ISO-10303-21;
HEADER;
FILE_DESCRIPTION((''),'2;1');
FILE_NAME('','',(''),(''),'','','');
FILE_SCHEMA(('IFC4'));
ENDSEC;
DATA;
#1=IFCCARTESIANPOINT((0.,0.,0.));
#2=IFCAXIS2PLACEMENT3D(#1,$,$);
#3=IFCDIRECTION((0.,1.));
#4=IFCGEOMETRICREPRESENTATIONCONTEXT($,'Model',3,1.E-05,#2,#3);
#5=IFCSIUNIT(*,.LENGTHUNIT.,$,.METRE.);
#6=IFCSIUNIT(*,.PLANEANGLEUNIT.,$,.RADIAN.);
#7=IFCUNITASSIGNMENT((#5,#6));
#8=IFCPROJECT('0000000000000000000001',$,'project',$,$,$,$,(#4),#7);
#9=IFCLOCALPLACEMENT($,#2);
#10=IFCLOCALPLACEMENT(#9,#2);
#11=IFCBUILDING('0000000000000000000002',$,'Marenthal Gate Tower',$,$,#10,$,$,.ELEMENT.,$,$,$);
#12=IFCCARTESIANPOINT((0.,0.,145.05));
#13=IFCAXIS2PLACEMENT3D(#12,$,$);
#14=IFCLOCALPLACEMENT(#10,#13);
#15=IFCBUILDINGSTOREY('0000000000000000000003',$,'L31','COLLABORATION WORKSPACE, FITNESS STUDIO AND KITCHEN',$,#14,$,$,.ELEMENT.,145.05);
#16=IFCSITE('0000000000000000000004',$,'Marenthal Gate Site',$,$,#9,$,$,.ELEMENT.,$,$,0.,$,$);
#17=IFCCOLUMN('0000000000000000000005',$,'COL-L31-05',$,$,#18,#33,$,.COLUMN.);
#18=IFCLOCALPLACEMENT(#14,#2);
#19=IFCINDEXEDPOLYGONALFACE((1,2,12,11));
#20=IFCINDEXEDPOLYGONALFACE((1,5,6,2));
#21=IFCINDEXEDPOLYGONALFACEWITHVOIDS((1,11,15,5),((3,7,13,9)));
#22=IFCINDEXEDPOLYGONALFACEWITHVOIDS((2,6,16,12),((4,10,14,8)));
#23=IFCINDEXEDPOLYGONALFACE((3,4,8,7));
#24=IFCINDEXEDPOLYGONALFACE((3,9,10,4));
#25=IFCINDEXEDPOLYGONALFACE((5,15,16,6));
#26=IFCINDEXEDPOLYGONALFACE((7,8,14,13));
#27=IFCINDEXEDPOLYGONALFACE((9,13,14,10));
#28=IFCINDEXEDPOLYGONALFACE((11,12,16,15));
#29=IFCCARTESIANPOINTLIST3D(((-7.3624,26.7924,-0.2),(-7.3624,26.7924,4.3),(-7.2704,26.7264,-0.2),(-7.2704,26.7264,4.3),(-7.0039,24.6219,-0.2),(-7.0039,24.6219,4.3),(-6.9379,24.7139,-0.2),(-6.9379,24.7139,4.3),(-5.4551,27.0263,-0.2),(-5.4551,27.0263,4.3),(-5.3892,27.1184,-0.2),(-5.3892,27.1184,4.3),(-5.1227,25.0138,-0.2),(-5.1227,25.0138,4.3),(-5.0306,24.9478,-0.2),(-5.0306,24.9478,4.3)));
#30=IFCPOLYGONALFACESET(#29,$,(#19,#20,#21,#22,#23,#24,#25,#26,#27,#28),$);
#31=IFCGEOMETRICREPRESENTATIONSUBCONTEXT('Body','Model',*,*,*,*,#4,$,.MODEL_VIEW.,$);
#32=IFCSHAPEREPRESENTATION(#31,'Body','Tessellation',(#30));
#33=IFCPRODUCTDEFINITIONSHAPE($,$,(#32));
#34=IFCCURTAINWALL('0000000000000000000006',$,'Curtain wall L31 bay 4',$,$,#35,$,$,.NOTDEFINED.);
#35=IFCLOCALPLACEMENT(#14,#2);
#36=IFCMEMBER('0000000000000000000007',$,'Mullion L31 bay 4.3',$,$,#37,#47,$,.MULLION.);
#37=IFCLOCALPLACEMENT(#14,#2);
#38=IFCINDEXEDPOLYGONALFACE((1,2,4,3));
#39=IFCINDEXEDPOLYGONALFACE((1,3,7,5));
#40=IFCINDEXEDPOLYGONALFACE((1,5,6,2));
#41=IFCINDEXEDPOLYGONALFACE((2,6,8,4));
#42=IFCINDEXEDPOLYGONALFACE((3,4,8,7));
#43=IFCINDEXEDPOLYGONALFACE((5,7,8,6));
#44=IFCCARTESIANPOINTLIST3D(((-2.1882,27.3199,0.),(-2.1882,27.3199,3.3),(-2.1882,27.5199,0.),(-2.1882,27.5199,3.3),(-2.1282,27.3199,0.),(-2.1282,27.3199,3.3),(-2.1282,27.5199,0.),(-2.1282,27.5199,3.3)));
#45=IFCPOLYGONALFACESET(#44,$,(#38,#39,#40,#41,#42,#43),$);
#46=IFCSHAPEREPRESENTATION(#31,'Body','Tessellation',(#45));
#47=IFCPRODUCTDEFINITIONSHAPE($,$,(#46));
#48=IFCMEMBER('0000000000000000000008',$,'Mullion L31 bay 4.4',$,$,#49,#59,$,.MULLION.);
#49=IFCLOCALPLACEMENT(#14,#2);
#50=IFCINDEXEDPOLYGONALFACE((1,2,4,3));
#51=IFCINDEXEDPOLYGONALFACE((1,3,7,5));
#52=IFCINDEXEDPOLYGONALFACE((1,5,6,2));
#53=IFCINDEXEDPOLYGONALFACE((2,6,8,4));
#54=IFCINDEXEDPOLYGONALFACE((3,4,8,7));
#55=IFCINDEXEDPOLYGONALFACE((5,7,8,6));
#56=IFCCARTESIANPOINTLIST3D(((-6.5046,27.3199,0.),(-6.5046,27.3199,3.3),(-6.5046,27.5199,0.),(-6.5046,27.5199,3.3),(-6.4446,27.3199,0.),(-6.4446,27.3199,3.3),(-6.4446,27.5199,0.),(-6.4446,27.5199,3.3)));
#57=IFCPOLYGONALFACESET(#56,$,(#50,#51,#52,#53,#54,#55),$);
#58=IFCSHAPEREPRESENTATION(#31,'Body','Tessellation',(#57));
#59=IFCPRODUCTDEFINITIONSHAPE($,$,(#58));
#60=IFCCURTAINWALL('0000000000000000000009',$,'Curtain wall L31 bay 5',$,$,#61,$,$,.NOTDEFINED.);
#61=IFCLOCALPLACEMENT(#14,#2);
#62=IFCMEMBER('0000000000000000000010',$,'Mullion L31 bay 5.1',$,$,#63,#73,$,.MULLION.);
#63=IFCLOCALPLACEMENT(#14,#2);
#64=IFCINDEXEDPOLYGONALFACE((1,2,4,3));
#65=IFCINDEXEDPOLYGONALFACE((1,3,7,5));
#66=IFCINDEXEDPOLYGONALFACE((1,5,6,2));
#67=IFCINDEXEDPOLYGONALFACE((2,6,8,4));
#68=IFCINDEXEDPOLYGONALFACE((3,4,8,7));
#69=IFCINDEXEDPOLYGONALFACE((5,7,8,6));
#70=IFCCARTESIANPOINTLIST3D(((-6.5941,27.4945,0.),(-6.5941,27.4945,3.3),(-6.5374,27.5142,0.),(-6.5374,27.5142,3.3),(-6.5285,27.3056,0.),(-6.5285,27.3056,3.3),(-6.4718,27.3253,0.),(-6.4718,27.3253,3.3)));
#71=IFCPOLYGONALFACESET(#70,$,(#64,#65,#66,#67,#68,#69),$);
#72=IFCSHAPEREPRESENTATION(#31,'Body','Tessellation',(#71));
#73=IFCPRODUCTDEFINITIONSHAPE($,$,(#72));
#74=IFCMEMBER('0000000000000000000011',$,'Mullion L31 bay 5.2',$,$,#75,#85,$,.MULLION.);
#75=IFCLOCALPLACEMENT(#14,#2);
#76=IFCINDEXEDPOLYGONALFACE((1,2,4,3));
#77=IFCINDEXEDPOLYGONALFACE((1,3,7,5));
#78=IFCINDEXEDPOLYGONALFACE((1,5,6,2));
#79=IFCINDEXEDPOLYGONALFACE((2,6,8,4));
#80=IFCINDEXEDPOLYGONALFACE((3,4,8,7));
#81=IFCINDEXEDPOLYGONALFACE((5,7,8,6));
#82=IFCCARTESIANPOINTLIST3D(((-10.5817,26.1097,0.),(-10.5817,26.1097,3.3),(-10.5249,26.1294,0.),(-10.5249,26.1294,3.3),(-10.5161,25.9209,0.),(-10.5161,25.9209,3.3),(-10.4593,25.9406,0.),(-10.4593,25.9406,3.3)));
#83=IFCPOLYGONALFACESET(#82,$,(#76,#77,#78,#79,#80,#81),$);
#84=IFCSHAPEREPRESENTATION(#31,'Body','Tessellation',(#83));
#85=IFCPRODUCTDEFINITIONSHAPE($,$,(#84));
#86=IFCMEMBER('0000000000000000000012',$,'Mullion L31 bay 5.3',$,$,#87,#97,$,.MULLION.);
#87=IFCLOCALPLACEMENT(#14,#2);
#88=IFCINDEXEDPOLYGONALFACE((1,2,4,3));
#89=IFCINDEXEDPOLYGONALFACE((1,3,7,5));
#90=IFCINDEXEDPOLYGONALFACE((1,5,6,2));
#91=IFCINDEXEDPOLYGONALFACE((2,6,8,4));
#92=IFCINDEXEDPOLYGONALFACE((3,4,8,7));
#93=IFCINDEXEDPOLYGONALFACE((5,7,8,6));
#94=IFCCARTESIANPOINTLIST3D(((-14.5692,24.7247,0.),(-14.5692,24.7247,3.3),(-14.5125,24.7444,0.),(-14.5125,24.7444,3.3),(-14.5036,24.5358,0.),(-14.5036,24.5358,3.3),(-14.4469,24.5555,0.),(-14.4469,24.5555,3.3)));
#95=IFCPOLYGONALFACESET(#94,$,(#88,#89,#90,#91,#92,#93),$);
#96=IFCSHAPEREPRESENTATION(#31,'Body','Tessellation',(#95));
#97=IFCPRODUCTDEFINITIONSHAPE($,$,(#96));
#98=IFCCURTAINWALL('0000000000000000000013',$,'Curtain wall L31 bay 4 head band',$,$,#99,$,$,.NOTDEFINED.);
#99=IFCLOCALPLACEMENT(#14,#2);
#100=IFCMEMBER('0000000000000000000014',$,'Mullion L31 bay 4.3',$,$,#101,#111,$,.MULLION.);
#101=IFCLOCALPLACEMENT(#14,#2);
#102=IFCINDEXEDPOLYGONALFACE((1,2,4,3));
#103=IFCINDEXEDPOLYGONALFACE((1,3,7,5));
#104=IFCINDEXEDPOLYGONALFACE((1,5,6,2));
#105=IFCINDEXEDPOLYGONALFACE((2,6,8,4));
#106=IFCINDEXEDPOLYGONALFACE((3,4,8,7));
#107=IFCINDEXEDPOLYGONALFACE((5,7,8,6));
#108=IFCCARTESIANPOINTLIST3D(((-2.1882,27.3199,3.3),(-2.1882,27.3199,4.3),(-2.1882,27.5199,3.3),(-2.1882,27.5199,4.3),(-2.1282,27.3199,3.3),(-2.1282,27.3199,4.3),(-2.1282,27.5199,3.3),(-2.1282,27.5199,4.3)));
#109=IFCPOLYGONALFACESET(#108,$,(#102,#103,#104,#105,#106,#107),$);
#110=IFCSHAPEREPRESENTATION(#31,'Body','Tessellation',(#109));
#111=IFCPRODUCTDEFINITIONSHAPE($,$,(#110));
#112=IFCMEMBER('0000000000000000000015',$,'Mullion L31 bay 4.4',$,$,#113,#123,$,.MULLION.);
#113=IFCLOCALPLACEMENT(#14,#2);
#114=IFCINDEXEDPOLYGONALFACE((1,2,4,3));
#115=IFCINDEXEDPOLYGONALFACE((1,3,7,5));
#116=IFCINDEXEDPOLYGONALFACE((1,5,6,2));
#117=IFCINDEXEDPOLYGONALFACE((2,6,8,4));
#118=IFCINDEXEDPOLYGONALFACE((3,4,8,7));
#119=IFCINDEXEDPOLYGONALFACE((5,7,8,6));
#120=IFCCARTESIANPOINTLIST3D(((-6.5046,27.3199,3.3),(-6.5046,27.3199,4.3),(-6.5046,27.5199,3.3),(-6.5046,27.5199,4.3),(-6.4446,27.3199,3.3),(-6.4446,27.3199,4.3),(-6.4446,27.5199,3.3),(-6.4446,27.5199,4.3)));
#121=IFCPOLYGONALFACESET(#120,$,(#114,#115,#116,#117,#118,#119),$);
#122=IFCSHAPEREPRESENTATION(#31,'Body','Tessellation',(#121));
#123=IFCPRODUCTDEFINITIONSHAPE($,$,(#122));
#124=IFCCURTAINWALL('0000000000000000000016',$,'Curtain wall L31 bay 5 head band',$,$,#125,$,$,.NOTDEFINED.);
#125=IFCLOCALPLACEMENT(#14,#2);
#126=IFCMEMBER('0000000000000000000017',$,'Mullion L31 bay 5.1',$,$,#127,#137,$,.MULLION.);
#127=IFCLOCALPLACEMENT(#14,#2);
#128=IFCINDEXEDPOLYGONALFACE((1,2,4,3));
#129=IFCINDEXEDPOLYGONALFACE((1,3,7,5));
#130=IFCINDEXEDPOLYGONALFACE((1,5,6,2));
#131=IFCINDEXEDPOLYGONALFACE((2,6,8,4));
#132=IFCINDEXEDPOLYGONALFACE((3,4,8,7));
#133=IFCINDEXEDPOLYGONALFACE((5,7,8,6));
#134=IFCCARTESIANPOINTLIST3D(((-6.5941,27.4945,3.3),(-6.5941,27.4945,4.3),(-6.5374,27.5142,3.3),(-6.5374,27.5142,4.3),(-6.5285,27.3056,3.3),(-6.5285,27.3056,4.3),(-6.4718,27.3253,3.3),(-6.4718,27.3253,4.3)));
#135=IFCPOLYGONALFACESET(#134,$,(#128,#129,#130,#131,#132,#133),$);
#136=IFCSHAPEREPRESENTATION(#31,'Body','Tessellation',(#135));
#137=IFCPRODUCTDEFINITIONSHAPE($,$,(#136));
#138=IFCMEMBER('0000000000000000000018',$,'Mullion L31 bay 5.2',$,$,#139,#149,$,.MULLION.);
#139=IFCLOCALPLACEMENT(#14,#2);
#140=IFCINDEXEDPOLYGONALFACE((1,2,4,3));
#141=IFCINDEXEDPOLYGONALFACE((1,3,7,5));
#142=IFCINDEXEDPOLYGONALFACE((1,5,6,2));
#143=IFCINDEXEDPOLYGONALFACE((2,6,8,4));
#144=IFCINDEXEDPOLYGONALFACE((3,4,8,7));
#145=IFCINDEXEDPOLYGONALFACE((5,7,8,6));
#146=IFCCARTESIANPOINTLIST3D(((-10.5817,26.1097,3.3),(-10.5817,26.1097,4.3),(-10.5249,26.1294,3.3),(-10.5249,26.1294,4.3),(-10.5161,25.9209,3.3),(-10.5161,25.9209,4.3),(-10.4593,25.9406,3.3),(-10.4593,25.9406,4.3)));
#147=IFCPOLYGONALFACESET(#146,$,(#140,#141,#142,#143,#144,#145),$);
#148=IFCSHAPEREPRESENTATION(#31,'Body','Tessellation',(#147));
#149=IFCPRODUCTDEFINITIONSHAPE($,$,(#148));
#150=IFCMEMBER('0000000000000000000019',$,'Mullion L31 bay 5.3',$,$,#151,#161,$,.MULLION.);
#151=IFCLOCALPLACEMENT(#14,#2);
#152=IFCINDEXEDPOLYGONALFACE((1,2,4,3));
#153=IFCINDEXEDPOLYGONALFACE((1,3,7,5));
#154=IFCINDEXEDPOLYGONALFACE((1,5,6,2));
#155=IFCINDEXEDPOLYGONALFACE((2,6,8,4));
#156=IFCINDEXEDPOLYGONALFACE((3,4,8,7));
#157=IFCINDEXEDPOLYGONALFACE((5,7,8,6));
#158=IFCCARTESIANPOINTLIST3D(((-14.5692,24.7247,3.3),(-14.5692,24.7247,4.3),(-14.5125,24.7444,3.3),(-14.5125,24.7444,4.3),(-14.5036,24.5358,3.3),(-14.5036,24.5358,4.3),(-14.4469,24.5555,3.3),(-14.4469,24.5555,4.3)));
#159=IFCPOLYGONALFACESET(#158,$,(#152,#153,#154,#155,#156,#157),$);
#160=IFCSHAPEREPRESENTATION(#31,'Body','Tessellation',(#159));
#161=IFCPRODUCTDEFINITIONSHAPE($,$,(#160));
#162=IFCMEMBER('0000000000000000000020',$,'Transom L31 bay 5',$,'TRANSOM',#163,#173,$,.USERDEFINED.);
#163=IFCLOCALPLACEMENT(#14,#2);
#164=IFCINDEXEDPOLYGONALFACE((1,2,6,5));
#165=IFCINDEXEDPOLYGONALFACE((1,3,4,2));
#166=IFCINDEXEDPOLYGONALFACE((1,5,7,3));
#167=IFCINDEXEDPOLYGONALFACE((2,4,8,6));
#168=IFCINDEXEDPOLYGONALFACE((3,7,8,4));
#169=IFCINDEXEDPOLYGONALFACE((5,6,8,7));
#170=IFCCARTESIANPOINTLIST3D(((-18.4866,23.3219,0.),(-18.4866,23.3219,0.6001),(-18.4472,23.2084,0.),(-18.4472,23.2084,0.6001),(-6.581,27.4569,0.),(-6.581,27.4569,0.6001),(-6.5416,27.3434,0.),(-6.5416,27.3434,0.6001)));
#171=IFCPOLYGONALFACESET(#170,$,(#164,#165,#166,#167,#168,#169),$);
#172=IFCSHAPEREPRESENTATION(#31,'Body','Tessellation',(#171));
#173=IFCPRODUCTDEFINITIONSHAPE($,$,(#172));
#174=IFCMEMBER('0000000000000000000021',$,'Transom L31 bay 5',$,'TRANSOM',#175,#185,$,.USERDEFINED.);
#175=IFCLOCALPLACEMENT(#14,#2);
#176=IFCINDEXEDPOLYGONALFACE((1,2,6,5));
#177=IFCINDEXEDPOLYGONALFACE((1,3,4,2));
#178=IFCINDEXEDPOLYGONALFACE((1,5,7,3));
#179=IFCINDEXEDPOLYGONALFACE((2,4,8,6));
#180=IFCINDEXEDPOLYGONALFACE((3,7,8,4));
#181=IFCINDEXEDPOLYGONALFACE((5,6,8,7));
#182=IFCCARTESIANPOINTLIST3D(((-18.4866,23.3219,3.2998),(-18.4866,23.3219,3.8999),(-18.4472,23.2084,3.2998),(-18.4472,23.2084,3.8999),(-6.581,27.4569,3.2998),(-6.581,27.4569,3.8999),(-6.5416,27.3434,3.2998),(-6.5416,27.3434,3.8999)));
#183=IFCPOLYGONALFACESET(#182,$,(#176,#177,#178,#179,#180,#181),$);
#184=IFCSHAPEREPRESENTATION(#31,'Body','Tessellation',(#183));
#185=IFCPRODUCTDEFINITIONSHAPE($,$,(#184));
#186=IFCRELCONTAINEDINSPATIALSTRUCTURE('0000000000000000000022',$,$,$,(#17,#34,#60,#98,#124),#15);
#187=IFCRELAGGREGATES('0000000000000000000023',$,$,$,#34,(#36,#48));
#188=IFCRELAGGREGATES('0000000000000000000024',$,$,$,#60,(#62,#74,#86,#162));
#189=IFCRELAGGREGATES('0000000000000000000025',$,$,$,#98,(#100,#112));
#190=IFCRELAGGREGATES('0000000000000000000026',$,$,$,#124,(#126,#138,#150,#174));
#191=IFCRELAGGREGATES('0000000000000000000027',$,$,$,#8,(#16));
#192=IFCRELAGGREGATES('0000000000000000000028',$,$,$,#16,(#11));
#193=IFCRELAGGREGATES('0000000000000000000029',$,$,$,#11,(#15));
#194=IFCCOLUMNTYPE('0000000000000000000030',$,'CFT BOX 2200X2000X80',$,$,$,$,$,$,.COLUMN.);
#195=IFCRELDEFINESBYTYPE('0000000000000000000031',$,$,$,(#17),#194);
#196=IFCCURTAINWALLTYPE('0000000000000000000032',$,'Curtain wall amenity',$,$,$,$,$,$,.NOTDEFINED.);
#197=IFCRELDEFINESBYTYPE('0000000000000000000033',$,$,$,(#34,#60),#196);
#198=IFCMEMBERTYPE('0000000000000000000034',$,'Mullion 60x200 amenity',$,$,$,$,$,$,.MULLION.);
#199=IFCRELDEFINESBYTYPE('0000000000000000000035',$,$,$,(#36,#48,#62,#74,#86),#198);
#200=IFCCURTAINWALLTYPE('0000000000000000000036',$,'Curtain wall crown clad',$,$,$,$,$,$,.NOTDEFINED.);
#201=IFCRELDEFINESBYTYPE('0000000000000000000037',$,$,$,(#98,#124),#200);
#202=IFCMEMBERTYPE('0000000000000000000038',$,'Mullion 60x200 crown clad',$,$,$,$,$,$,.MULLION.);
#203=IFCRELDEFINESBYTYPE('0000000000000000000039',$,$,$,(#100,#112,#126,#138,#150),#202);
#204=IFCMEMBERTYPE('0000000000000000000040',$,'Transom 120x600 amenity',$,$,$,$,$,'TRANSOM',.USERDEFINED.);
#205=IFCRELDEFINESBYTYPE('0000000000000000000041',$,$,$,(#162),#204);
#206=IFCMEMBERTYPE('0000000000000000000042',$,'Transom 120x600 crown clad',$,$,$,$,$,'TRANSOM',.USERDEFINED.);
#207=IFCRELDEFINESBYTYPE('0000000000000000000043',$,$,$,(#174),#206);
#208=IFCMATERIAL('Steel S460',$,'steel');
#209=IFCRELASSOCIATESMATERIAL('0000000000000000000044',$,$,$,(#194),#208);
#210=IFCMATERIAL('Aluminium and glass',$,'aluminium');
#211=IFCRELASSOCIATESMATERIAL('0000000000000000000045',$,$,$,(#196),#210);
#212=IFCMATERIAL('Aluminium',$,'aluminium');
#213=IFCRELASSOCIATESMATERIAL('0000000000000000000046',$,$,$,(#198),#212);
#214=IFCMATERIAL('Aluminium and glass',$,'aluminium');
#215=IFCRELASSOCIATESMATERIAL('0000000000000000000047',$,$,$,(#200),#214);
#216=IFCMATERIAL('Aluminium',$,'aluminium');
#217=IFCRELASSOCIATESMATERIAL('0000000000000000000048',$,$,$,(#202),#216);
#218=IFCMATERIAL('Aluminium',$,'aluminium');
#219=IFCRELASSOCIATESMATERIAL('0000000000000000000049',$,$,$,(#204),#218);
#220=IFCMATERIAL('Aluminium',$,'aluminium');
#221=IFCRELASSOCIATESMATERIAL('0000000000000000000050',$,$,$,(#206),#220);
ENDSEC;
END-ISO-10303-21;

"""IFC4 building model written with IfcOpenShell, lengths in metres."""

from ifc_helpers import new_model, si_unit, direction, frame, origin, origin_2d, place, context, subcontext, project, spatial, rectangle, hollow_rectangle, extrude, material, material_profile, profile_set, type_object, element, aggregate, save


model = new_model("IFC4")

# Units and contexts
model_context = context("Model", 3, precision=1e-05, world=origin(), true_north=direction((0.0, 1.0)))
body_context = subcontext(model_context, "Body", "Model", "MODEL_VIEW")
ifc_project = project(units=[si_unit("LENGTHUNIT", "METRE"), si_unit("PLANEANGLEUNIT", "RADIAN")], contexts=[model_context])

# Site, building, storey
site_placement = place(None, origin())
site = spatial("IfcSite", under=ifc_project, at=site_placement, Name="Marenthal Gate Site", CompositionType="ELEMENT", RefElevation=0.0)
building_placement = place(site_placement, origin())
building = spatial("IfcBuilding", under=site, at=building_placement, Name="Marenthal Gate Tower", CompositionType="ELEMENT")
storey_placement = place(building_placement, frame((0.0, 0.0, 145.05)))
storey = spatial("IfcBuildingStorey", under=building, at=storey_placement, Name="L31", Description="COLLABORATION WORKSPACE, FITNESS STUDIO AND KITCHEN", CompositionType="ELEMENT", Elevation=145.05)

# Column
ifc_material_1 = material(Name="Steel S460", Category="steel")
ifc_material_profile_1 = material_profile(ifc_material_1, hollow_rectangle(XDim=2.0, YDim=2.2, WallThickness=0.0801, at=origin_2d()), Name="CFT BOX 2200X2000X80")
ifc_material_2 = material(Name="Concrete 70 MPa", Category="concrete")
ifc_material_profile_2 = material_profile(ifc_material_2, rectangle(XDim=1.8401, YDim=2.04, at=origin_2d()), Name="CFT BOX 2200X2000X80 INFILL")
ifc_profile_set_1 = profile_set([ifc_material_profile_1, ifc_material_profile_2], Name="Steel S460 shell, Concrete 70 MPa infill")
column_type = type_object("IfcColumnType", Name="CFT BOX 2200X2000X80", PredefinedType="COLUMN", material=ifc_profile_set_1)
column_placement = place(storey_placement, frame((-6.1965, 25.8701, -0.2), z_axis=(0.0, 0.0, 1.0), x_axis=(0.986629, 0.16298, 0.0)))
element("IfcColumn", 1, at=column_placement, inside=storey, type_object=column_type, Name="COL-L31-05", PredefinedType="COLUMN", context=body_context, shape_type="SweptSolid", body=[
    extrude(hollow_rectangle(XDim=2.0, YDim=2.2, WallThickness=0.0801, at=origin_2d()), origin(), (0.0, 0.0, 1.0), 4.5),
])

# Curtain walls, members
ifc_material_3 = material(Name="Aluminium and glass", Category="aluminium")
curtain_wall_type_1 = type_object("IfcCurtainWallType", Name="Curtain wall amenity", PredefinedType="NOTDEFINED", material=ifc_material_3)
curtain_wall_1_placement = place(storey_placement, origin())
curtain_wall_1 = element("IfcCurtainWall", 2, at=curtain_wall_1_placement, inside=storey, type_object=curtain_wall_type_1, Name="Curtain wall L31 bay 4", PredefinedType="NOTDEFINED")
ifc_material_4 = material(Name="Aluminium", Category="aluminium")
ifc_material_profile_3 = material_profile(ifc_material_4, rectangle(XDim=0.2, YDim=0.0601, at=origin_2d()), Name="60x200 aluminium mullion")
ifc_profile_set_2 = profile_set([ifc_material_profile_3], Name="Aluminium")
member_type_1 = type_object("IfcMemberType", Name="Mullion 60x200 amenity", PredefinedType="MULLION", material=ifc_profile_set_2)
member_1_placement = place(storey_placement, frame((-2.1582, 27.4199, 0.0), z_axis=(0.0, 0.0, 1.0), x_axis=(0.0, -1.0, 0.0)))
member_1 = element("IfcMember", 3, at=member_1_placement, type_object=member_type_1, Name="Mullion L31 bay 4.3", PredefinedType="MULLION", context=body_context, shape_type="SweptSolid", body=[
    extrude(rectangle(XDim=0.2, YDim=0.0601, at=origin_2d()), origin(), (0.0, 0.0, 1.0), 3.3),
])
member_2_placement = place(storey_placement, frame((-6.4746, 27.4199, 0.0), z_axis=(0.0, 0.0, 1.0), x_axis=(0.0, -1.0, 0.0)))
member_2 = element("IfcMember", 4, at=member_2_placement, type_object=member_type_1, Name="Mullion L31 bay 4.4", PredefinedType="MULLION", context=body_context, shape_type="SweptSolid", body=[
    extrude(rectangle(XDim=0.2, YDim=0.0601, at=origin_2d()), origin(), (0.0, 0.0, 1.0), 3.3),
])
curtain_wall_2_placement = place(storey_placement, origin())
curtain_wall_2 = element("IfcCurtainWall", 5, at=curtain_wall_2_placement, inside=storey, type_object=curtain_wall_type_1, Name="Curtain wall L31 bay 5", PredefinedType="NOTDEFINED")
member_3_placement = place(storey_placement, frame((-6.533, 27.4099, 0.0), z_axis=(0.0, 0.0, 1.0), x_axis=(0.328089, -0.944647, 0.0)))
member_3 = element("IfcMember", 6, at=member_3_placement, type_object=member_type_1, Name="Mullion L31 bay 5.1", PredefinedType="MULLION", context=body_context, shape_type="SweptSolid", body=[
    extrude(rectangle(XDim=0.2, YDim=0.0601, at=origin_2d()), origin(), (0.0, 0.0, 1.0), 3.3),
])
member_4_placement = place(storey_placement, frame((-10.5205, 26.0251, 0.0), z_axis=(0.0, 0.0, 1.0), x_axis=(0.328089, -0.944647, 0.0)))
member_4 = element("IfcMember", 7, at=member_4_placement, type_object=member_type_1, Name="Mullion L31 bay 5.2", PredefinedType="MULLION", context=body_context, shape_type="SweptSolid", body=[
    extrude(rectangle(XDim=0.2, YDim=0.0601, at=origin_2d()), origin(), (0.0, 0.0, 1.0), 3.3),
])
member_5_placement = place(storey_placement, frame((-14.5081, 24.6401, 0.0), z_axis=(0.0, 0.0, 1.0), x_axis=(0.328089, -0.944647, 0.0)))
member_5 = element("IfcMember", 8, at=member_5_placement, type_object=member_type_1, Name="Mullion L31 bay 5.3", PredefinedType="MULLION", context=body_context, shape_type="SweptSolid", body=[
    extrude(rectangle(XDim=0.2, YDim=0.0601, at=origin_2d()), origin(), (0.0, 0.0, 1.0), 3.3),
])
ifc_material_5 = material(Name="Aluminium and glass", Category="aluminium")
curtain_wall_type_2 = type_object("IfcCurtainWallType", Name="Curtain wall crown clad", PredefinedType="NOTDEFINED", material=ifc_material_5)
curtain_wall_3_placement = place(storey_placement, origin())
curtain_wall_3 = element("IfcCurtainWall", 9, at=curtain_wall_3_placement, inside=storey, type_object=curtain_wall_type_2, Name="Curtain wall L31 bay 4 head band", PredefinedType="NOTDEFINED")
ifc_material_6 = material(Name="Aluminium", Category="aluminium")
ifc_material_profile_4 = material_profile(ifc_material_6, rectangle(XDim=0.2, YDim=0.0601, at=origin_2d()), Name="60x200 aluminium mullion")
ifc_profile_set_3 = profile_set([ifc_material_profile_4], Name="Aluminium")
member_type_2 = type_object("IfcMemberType", Name="Mullion 60x200 crown clad", PredefinedType="MULLION", material=ifc_profile_set_3)
member_6_placement = place(storey_placement, frame((-2.1582, 27.4199, 3.3), z_axis=(0.0, 0.0, 1.0), x_axis=(0.0, -1.0, 0.0)))
member_6 = element("IfcMember", 10, at=member_6_placement, type_object=member_type_2, Name="Mullion L31 bay 4.3", PredefinedType="MULLION", context=body_context, shape_type="SweptSolid", body=[
    extrude(rectangle(XDim=0.2, YDim=0.0601, at=origin_2d()), origin(), (0.0, 0.0, 1.0), 1.0),
])
member_7_placement = place(storey_placement, frame((-6.4746, 27.4199, 3.3), z_axis=(0.0, 0.0, 1.0), x_axis=(0.0, -1.0, 0.0)))
member_7 = element("IfcMember", 11, at=member_7_placement, type_object=member_type_2, Name="Mullion L31 bay 4.4", PredefinedType="MULLION", context=body_context, shape_type="SweptSolid", body=[
    extrude(rectangle(XDim=0.2, YDim=0.0601, at=origin_2d()), origin(), (0.0, 0.0, 1.0), 1.0),
])
curtain_wall_4_placement = place(storey_placement, origin())
curtain_wall_4 = element("IfcCurtainWall", 12, at=curtain_wall_4_placement, inside=storey, type_object=curtain_wall_type_2, Name="Curtain wall L31 bay 5 head band", PredefinedType="NOTDEFINED")
member_8_placement = place(storey_placement, frame((-6.533, 27.4099, 3.3), z_axis=(0.0, 0.0, 1.0), x_axis=(0.328089, -0.944647, 0.0)))
member_8 = element("IfcMember", 13, at=member_8_placement, type_object=member_type_2, Name="Mullion L31 bay 5.1", PredefinedType="MULLION", context=body_context, shape_type="SweptSolid", body=[
    extrude(rectangle(XDim=0.2, YDim=0.0601, at=origin_2d()), origin(), (0.0, 0.0, 1.0), 1.0),
])
member_9_placement = place(storey_placement, frame((-10.5205, 26.0251, 3.3), z_axis=(0.0, 0.0, 1.0), x_axis=(0.328089, -0.944647, 0.0)))
member_9 = element("IfcMember", 14, at=member_9_placement, type_object=member_type_2, Name="Mullion L31 bay 5.2", PredefinedType="MULLION", context=body_context, shape_type="SweptSolid", body=[
    extrude(rectangle(XDim=0.2, YDim=0.0601, at=origin_2d()), origin(), (0.0, 0.0, 1.0), 1.0),
])
member_10_placement = place(storey_placement, frame((-14.5081, 24.6401, 3.3), z_axis=(0.0, 0.0, 1.0), x_axis=(0.328089, -0.944647, 0.0)))
member_10 = element("IfcMember", 15, at=member_10_placement, type_object=member_type_2, Name="Mullion L31 bay 5.3", PredefinedType="MULLION", context=body_context, shape_type="SweptSolid", body=[
    extrude(rectangle(XDim=0.2, YDim=0.0601, at=origin_2d()), origin(), (0.0, 0.0, 1.0), 1.0),
])

# Members
ifc_material_7 = material(Name="Aluminium", Category="aluminium")
ifc_material_profile_5 = material_profile(ifc_material_7, rectangle(XDim=0.1201, YDim=0.6001, at=origin_2d()), Name="120x600 aluminium transom")
ifc_profile_set_4 = profile_set([ifc_material_profile_5], Name="Aluminium")
member_type_3 = type_object("IfcMemberType", Name="Transom 120x600 amenity", ElementType="TRANSOM", PredefinedType="USERDEFINED", material=ifc_profile_set_4)
member_11_placement = place(storey_placement, frame((-6.5613, 27.4001, 0.3), z_axis=(-0.944647, -0.328087, 0.0), x_axis=(0.328087, -0.944647, 0.0)))
member_11 = element("IfcMember", 16, at=member_11_placement, type_object=member_type_3, Name="Transom L31 bay 5", ObjectType="TRANSOM", PredefinedType="USERDEFINED", context=body_context, shape_type="SweptSolid", body=[
    extrude(rectangle(XDim=0.1201, YDim=0.6001, at=origin_2d()), origin(), (0.0, 0.0, 1.0), 12.6033),
])
ifc_material_8 = material(Name="Aluminium", Category="aluminium")
ifc_material_profile_6 = material_profile(ifc_material_8, rectangle(XDim=0.1201, YDim=0.6001, at=origin_2d()), Name="120x600 aluminium transom")
ifc_profile_set_5 = profile_set([ifc_material_profile_6], Name="Aluminium")
member_type_4 = type_object("IfcMemberType", Name="Transom 120x600 crown clad", ElementType="TRANSOM", PredefinedType="USERDEFINED", material=ifc_profile_set_5)
member_12_placement = place(storey_placement, frame((-6.5613, 27.4001, 3.5999), z_axis=(-0.944647, -0.328087, 0.0), x_axis=(0.328087, -0.944647, 0.0)))
member_12 = element("IfcMember", 17, at=member_12_placement, type_object=member_type_4, Name="Transom L31 bay 5", ObjectType="TRANSOM", PredefinedType="USERDEFINED", context=body_context, shape_type="SweptSolid", body=[
    extrude(rectangle(XDim=0.1201, YDim=0.6001, at=origin_2d()), origin(), (0.0, 0.0, 1.0), 12.6033),
])

aggregate(curtain_wall_1, [member_1, member_2])
aggregate(curtain_wall_2, [member_3, member_4, member_5, member_11])
aggregate(curtain_wall_3, [member_6, member_7])
aggregate(curtain_wall_4, [member_8, member_9, member_10, member_12])

save(model, "model.ifc")
